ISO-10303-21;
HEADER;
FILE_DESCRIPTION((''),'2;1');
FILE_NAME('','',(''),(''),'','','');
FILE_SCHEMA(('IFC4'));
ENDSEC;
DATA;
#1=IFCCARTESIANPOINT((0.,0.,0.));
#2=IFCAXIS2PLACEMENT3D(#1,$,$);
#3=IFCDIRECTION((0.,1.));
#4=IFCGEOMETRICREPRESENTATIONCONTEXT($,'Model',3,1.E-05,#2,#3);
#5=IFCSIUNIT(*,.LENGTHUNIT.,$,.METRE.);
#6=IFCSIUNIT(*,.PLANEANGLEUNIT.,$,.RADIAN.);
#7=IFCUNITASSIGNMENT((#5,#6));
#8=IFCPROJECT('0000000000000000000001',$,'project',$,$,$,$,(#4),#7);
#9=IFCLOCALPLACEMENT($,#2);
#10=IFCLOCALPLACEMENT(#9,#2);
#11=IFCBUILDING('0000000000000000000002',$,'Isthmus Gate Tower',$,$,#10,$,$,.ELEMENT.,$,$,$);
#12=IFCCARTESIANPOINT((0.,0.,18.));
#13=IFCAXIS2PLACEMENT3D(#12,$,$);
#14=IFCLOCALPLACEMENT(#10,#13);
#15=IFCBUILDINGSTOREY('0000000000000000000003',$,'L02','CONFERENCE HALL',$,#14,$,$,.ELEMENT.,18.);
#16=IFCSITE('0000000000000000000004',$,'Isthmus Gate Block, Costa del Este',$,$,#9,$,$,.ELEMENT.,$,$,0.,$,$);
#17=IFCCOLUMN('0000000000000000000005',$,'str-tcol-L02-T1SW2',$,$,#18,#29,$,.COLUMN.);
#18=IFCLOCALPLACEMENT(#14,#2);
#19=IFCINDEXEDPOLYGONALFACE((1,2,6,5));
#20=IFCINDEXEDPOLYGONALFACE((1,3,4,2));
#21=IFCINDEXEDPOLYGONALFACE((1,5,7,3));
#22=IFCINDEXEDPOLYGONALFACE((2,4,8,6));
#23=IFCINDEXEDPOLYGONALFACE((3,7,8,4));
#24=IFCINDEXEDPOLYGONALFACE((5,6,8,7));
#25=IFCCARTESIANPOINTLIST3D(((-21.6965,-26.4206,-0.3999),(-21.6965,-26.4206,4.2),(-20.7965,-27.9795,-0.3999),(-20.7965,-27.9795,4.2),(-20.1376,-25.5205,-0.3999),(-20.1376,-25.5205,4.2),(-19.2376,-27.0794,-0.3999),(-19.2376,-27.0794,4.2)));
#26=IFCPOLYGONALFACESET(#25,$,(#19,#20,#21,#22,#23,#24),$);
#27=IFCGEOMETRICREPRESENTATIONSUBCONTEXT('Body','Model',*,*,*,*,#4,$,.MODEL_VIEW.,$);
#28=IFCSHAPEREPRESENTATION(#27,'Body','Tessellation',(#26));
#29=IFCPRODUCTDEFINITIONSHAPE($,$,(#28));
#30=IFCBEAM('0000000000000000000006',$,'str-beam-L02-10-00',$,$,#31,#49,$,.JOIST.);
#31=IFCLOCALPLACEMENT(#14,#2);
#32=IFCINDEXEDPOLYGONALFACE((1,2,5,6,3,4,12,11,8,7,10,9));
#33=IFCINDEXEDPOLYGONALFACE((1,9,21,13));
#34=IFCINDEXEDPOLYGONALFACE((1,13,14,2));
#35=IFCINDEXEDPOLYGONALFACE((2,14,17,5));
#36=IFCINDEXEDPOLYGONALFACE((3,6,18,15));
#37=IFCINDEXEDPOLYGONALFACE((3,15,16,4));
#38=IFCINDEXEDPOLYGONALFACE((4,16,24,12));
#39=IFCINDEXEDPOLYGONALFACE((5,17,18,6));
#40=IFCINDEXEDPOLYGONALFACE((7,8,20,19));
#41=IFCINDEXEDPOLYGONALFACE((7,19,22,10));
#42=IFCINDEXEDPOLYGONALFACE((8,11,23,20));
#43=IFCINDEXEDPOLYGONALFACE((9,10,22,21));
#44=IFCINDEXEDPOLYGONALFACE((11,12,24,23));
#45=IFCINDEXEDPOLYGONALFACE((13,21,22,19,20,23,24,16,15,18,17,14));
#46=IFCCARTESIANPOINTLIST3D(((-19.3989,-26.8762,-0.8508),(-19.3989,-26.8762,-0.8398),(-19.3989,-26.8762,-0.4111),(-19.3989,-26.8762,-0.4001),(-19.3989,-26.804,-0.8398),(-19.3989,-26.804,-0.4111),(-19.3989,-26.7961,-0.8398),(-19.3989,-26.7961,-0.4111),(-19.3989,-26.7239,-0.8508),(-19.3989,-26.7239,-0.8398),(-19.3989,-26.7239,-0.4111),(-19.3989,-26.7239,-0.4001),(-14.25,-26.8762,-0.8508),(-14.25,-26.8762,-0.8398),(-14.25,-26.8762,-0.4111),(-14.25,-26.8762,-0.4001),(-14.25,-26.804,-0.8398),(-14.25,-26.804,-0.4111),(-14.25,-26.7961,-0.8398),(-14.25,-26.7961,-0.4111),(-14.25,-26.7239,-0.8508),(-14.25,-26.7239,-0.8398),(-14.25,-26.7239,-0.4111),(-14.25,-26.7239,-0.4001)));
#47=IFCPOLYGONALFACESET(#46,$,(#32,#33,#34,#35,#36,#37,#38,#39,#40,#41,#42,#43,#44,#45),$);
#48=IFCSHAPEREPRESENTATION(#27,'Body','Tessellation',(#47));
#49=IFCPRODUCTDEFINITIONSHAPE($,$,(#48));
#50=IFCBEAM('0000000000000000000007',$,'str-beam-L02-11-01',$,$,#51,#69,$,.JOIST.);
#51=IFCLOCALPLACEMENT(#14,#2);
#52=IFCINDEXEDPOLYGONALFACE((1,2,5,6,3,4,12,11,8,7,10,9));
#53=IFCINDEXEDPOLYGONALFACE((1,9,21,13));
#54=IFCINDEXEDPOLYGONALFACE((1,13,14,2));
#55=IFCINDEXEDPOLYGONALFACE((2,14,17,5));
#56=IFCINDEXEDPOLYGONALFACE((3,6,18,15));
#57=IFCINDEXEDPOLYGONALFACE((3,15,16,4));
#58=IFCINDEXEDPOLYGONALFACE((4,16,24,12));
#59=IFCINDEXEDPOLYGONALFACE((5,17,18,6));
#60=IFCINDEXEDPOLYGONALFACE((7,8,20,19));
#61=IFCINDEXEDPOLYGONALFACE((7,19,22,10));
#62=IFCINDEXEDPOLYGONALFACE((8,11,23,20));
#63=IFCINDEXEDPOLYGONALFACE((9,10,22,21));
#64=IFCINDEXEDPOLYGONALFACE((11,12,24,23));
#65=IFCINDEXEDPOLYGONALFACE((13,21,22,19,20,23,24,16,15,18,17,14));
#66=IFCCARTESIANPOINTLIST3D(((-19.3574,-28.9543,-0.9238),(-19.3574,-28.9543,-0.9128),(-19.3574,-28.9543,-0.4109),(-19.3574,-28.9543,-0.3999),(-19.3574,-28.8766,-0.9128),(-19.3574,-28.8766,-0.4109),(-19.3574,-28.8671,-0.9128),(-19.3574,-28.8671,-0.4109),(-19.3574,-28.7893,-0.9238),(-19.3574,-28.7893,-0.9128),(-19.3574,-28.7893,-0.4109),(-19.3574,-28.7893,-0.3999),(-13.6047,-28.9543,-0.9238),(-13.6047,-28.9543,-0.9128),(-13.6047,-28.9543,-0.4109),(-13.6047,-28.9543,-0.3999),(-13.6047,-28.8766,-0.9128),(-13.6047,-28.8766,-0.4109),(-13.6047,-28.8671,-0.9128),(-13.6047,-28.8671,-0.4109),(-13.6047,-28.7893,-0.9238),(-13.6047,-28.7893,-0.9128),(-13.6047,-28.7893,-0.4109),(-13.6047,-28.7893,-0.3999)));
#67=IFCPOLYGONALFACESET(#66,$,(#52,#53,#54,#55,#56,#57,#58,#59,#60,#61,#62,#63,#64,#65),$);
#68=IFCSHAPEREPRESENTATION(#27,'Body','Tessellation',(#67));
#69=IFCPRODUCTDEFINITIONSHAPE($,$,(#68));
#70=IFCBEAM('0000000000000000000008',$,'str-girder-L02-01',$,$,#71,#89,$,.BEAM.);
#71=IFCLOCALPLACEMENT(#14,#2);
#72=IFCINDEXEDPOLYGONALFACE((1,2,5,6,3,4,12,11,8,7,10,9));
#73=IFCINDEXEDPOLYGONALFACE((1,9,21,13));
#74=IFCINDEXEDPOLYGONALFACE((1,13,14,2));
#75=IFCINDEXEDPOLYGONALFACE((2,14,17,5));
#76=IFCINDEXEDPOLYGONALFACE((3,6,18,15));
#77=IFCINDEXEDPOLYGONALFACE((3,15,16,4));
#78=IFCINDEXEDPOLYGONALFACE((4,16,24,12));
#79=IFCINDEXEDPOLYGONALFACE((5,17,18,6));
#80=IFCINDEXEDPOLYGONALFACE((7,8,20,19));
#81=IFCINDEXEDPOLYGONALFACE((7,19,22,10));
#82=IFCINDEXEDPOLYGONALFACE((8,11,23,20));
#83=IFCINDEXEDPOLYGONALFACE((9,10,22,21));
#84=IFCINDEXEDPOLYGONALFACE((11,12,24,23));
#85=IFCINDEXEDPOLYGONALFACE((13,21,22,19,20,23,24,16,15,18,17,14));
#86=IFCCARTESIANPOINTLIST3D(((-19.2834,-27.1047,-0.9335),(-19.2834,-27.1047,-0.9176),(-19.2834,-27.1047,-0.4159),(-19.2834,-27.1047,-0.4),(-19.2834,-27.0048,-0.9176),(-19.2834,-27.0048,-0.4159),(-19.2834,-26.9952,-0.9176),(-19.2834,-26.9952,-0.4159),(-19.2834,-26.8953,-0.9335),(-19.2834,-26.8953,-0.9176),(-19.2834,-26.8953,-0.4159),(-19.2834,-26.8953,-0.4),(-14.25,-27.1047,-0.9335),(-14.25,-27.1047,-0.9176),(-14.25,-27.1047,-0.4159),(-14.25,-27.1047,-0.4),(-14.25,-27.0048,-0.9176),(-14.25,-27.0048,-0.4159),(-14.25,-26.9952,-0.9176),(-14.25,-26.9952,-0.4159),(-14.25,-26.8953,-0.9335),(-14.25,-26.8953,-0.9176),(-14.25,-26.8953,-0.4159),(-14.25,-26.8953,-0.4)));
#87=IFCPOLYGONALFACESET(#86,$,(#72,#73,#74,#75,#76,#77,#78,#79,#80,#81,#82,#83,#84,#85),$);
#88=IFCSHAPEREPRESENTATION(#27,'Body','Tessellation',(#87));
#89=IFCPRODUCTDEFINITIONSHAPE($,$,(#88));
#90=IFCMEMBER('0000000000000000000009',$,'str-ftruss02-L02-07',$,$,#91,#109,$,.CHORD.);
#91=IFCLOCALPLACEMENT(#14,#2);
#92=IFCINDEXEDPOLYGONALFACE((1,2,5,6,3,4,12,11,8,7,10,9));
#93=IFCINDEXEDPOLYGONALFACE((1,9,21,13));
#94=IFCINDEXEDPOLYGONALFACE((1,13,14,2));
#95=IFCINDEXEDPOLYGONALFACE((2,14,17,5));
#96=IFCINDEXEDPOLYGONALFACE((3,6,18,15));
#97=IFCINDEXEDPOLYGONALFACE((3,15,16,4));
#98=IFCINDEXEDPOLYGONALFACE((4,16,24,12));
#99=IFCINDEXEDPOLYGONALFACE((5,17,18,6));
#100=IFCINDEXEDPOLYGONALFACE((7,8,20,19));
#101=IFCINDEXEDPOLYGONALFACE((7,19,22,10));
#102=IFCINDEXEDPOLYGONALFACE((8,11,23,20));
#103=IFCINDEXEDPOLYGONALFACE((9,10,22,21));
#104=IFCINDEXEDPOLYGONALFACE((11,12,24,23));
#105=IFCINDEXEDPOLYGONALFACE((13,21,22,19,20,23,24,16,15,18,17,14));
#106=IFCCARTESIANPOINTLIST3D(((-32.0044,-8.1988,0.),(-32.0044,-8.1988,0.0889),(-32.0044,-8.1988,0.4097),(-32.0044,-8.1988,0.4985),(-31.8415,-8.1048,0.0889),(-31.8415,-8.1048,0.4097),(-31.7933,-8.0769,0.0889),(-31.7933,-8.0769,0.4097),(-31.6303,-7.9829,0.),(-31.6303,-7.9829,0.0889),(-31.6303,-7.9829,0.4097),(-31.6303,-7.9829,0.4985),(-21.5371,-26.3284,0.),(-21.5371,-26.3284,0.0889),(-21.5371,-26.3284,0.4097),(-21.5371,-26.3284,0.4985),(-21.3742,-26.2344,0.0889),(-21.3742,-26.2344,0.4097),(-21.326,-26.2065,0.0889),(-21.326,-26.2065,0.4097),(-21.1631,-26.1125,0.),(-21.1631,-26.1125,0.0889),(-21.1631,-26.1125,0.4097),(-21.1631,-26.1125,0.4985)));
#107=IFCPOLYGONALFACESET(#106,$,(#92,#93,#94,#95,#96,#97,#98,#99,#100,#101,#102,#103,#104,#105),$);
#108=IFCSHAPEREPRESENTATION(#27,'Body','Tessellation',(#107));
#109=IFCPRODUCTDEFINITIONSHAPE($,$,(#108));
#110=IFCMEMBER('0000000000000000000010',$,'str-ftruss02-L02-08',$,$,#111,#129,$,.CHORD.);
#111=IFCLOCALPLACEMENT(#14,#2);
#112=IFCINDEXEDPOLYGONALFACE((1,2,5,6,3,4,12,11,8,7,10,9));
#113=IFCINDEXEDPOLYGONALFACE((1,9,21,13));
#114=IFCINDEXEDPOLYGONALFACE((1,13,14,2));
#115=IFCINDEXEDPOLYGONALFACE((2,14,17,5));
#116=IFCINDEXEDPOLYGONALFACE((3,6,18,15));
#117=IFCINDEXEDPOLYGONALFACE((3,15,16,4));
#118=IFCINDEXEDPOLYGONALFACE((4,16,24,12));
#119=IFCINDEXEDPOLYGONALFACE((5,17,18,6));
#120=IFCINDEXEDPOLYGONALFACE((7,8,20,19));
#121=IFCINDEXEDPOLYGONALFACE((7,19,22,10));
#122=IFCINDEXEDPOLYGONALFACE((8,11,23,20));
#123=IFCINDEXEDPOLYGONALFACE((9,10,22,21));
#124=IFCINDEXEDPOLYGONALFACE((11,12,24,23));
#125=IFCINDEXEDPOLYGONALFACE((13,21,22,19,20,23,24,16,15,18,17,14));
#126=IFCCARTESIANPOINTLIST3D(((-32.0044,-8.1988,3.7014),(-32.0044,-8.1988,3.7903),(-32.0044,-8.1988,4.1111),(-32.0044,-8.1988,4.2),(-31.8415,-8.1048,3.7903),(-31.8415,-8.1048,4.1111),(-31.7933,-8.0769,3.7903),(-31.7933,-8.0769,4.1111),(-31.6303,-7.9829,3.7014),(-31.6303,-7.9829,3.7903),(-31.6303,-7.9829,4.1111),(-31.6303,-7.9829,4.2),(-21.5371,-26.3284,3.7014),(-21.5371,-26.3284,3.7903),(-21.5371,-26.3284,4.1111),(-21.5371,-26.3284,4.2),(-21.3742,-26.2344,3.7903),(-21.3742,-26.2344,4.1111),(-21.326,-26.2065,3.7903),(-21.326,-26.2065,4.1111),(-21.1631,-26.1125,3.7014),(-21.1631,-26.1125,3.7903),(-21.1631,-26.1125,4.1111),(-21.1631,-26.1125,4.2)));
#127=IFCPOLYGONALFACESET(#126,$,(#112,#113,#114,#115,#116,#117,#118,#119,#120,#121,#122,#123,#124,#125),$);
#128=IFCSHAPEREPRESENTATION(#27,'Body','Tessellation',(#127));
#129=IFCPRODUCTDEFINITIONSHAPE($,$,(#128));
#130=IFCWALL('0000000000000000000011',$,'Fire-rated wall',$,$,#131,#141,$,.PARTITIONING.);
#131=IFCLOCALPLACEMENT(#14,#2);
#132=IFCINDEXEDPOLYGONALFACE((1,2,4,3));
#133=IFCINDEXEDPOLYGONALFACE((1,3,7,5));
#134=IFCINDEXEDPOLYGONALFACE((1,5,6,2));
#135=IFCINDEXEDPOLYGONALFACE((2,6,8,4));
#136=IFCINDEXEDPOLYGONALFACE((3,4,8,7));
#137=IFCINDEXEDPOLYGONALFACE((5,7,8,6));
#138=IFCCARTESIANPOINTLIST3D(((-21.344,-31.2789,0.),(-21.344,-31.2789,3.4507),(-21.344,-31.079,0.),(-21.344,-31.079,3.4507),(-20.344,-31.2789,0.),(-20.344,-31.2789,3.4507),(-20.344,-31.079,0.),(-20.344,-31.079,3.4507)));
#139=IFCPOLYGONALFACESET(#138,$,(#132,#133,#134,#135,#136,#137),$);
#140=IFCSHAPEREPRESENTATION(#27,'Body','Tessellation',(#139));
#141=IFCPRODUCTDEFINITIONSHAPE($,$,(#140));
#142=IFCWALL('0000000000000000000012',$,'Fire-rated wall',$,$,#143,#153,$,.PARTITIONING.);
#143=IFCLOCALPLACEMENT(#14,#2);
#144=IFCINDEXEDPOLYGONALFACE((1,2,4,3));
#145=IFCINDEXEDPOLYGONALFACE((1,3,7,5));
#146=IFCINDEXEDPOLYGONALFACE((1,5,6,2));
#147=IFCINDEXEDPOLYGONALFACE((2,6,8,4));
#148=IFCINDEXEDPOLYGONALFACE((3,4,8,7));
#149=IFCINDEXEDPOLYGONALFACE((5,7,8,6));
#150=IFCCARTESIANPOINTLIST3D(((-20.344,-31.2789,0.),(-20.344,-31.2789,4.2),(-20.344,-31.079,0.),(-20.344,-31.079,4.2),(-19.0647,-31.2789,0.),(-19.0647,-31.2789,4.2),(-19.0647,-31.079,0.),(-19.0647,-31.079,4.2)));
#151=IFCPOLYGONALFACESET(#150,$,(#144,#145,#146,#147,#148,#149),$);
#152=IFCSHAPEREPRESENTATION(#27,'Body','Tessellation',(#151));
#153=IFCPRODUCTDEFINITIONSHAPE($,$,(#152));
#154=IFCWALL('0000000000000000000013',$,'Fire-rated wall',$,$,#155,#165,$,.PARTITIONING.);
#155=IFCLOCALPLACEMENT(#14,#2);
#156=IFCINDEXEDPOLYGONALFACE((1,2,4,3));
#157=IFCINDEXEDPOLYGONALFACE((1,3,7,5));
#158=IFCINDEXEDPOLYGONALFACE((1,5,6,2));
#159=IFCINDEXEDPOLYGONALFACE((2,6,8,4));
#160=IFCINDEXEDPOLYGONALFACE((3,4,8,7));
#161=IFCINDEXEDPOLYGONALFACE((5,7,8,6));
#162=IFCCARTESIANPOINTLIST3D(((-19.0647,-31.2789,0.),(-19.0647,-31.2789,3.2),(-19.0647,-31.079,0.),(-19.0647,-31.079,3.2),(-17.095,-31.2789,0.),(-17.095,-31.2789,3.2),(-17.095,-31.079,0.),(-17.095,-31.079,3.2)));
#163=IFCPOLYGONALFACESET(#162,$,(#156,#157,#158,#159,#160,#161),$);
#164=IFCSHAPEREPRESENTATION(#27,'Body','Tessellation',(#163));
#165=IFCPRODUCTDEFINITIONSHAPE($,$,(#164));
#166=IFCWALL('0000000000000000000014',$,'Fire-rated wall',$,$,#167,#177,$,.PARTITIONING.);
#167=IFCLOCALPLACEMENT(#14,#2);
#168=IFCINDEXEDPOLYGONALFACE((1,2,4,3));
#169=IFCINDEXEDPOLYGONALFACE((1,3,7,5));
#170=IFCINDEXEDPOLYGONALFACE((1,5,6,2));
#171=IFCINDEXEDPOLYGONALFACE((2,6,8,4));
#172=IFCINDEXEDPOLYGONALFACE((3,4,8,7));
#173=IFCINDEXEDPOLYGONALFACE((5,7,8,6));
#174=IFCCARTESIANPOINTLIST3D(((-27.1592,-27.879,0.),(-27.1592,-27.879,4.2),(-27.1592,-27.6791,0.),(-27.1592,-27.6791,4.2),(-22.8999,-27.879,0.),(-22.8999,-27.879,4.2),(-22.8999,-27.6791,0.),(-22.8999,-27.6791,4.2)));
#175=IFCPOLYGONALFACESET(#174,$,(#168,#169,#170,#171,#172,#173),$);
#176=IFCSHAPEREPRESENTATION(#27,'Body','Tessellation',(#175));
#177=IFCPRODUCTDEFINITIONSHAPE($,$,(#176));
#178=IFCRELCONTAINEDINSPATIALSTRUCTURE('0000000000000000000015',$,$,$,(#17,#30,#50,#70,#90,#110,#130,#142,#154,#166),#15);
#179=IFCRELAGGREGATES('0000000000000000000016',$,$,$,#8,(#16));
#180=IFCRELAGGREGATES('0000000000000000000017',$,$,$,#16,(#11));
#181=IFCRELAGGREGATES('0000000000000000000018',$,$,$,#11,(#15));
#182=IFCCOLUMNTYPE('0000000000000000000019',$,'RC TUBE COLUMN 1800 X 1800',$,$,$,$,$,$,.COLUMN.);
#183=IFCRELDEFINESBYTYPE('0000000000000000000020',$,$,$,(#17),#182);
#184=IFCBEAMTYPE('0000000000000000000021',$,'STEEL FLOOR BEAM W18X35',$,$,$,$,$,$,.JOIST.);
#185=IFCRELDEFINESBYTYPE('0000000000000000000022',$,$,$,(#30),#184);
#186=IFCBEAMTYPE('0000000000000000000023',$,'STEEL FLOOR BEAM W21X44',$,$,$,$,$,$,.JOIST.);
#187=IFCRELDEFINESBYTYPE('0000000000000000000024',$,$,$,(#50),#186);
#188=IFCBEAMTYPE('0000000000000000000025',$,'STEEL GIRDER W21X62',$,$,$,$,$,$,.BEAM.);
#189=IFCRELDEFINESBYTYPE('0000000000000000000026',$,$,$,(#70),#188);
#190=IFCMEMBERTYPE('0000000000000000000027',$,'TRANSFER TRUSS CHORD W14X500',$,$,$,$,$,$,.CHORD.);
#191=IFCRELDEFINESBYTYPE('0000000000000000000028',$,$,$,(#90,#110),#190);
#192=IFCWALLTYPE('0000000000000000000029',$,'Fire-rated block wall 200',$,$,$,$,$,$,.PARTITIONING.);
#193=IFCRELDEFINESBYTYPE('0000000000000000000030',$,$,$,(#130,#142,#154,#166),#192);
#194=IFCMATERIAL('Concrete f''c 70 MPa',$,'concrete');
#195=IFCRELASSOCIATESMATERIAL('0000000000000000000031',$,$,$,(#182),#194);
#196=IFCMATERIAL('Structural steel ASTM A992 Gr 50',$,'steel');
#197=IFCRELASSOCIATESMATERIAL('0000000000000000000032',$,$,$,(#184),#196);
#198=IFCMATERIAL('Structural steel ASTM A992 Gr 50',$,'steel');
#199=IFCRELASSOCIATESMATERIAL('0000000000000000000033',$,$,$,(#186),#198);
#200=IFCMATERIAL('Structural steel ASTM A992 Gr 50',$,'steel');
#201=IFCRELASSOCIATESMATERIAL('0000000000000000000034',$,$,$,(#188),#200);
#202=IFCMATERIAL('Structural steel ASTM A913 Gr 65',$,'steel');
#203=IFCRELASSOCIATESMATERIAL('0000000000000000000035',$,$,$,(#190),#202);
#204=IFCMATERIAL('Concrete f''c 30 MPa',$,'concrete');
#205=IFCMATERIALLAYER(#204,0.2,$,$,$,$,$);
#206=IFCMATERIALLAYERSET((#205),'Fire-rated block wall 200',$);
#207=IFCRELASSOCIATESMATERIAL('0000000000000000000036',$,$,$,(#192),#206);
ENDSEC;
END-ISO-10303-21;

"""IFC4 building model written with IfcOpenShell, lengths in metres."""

from ifc_helpers import new_model, si_unit, direction, frame, frame_2d, origin, origin_2d, place, context, subcontext, project, spatial, rectangle, i_section, extrude, material, layer, layer_set, material_profile, profile_set, type_object, element, save


model = new_model("IFC4")

# Units and contexts
model_context = context("Model", 3, precision=1e-05, world=origin(), true_north=direction((0.0, 1.0)))
body_context = subcontext(model_context, "Body", "Model", "MODEL_VIEW")
ifc_project = project(units=[si_unit("LENGTHUNIT", "METRE"), si_unit("PLANEANGLEUNIT", "RADIAN")], contexts=[model_context])

# Site, building, storey
site_placement = place(None, origin())
site = spatial("IfcSite", under=ifc_project, at=site_placement, Name="Isthmus Gate Block, Costa del Este", CompositionType="ELEMENT", RefElevation=0.0)
building_placement = place(site_placement, origin())
building = spatial("IfcBuilding", under=site, at=building_placement, Name="Isthmus Gate Tower", CompositionType="ELEMENT")
storey_placement = place(building_placement, frame((0.0, 0.0, 18.0)))
storey = spatial("IfcBuildingStorey", under=building, at=storey_placement, Name="L02", Description="CONFERENCE HALL", CompositionType="ELEMENT", Elevation=18.0)

# Column
ifc_material_1 = material(Name="Concrete f'c 70 MPa", Category="concrete")
ifc_material_profile_1 = material_profile(ifc_material_1, rectangle(XDim=1.8, YDim=1.8, at=origin_2d()), Name="RC 1800X1800")
ifc_profile_set_1 = profile_set([ifc_material_profile_1], Name="Concrete f'c 70 MPa")
column_type = type_object("IfcColumnType", Name="RC TUBE COLUMN 1800 X 1800", PredefinedType="COLUMN", material=ifc_profile_set_1)
column_placement = place(storey_placement, frame((-20.467, -26.75, -0.3999), z_axis=(0.0, 0.0, 1.0), x_axis=(0.5, -0.866025, 0.0)))
element("IfcColumn", 1, at=column_placement, inside=storey, type_object=column_type, Name="str-tcol-L02-T1SW2", PredefinedType="COLUMN", context=body_context, shape_type="SweptSolid", body=[
    extrude(rectangle(XDim=1.8, YDim=1.8, at=origin_2d()), origin(), (0.0, 0.0, 1.0), 4.5999),
])

# Beams
ifc_material_2 = material(Name="Structural steel ASTM A992 Gr 50", Category="steel")
ifc_material_profile_2 = material_profile(ifc_material_2, i_section(OverallWidth=0.1523, OverallDepth=0.4507, WebThickness=0.0078, FlangeThickness=0.011, at=origin_2d()), Name="W18X35")
ifc_profile_set_2 = profile_set([ifc_material_profile_2], Name="Structural steel ASTM A992 Gr 50")
beam_type_1 = type_object("IfcBeamType", Name="STEEL FLOOR BEAM W18X35", PredefinedType="JOIST", material=ifc_profile_set_2)
beam_1_placement = place(storey_placement, frame((-19.3989, -26.8, -0.6255), z_axis=(1.0, 0.0, 0.0), x_axis=(0.0, 1.0, 0.0)))
element("IfcBeam", 2, at=beam_1_placement, inside=storey, type_object=beam_type_1, Name="str-beam-L02-10-00", PredefinedType="JOIST", context=body_context, shape_type="SweptSolid", body=[
    extrude(i_section(OverallWidth=0.1523, OverallDepth=0.4507, WebThickness=0.0078, FlangeThickness=0.011, at=origin_2d()), origin(), (0.0, 0.0, 1.0), 5.1489),
])
ifc_material_3 = material(Name="Structural steel ASTM A992 Gr 50", Category="steel")
ifc_material_profile_3 = material_profile(ifc_material_3, i_section(OverallWidth=0.165, OverallDepth=0.5239, WebThickness=0.0095, FlangeThickness=0.011, at=origin_2d()), Name="W21X44")
ifc_profile_set_3 = profile_set([ifc_material_profile_3], Name="Structural steel ASTM A992 Gr 50")
beam_type_2 = type_object("IfcBeamType", Name="STEEL FLOOR BEAM W21X44", PredefinedType="JOIST", material=ifc_profile_set_3)
beam_2_placement = place(storey_placement, frame((-19.3574, -28.8718, -0.6619), z_axis=(1.0, 0.0, 0.0), x_axis=(0.0, 1.0, 0.0)))
element("IfcBeam", 3, at=beam_2_placement, inside=storey, type_object=beam_type_2, Name="str-beam-L02-11-01", PredefinedType="JOIST", context=body_context, shape_type="SweptSolid", body=[
    extrude(i_section(OverallWidth=0.165, OverallDepth=0.5239, WebThickness=0.0095, FlangeThickness=0.011, at=origin_2d()), origin(), (0.0, 0.0, 1.0), 5.7527),
])
ifc_material_4 = material(Name="Structural steel ASTM A992 Gr 50", Category="steel")
ifc_material_profile_4 = material_profile(ifc_material_4, i_section(OverallWidth=0.2095, OverallDepth=0.5334, WebThickness=0.0095, FlangeThickness=0.0159, at=origin_2d()), Name="W21X62")
ifc_profile_set_4 = profile_set([ifc_material_profile_4], Name="Structural steel ASTM A992 Gr 50")
beam_type_3 = type_object("IfcBeamType", Name="STEEL GIRDER W21X62", PredefinedType="BEAM", material=ifc_profile_set_4)
beam_3_placement = place(storey_placement, frame((-19.2834, -27.0, -0.6667), z_axis=(1.0, 0.0, 0.0), x_axis=(0.0, 1.0, 0.0)))
element("IfcBeam", 4, at=beam_3_placement, inside=storey, type_object=beam_type_3, Name="str-girder-L02-01", PredefinedType="BEAM", context=body_context, shape_type="SweptSolid", body=[
    extrude(i_section(OverallWidth=0.2095, OverallDepth=0.5334, WebThickness=0.0095, FlangeThickness=0.0159, at=origin_2d()), origin(), (0.0, 0.0, 1.0), 5.0334),
])

# Members
ifc_material_5 = material(Name="Structural steel ASTM A913 Gr 65", Category="steel")
ifc_material_profile_5 = material_profile(ifc_material_5, i_section(OverallWidth=0.4319, OverallDepth=0.4985, WebThickness=0.0557, FlangeThickness=0.0889, at=origin_2d()), Name="W14X500")
ifc_profile_set_5 = profile_set([ifc_material_profile_5], Name="Structural steel ASTM A913 Gr 65")
member_type = type_object("IfcMemberType", Name="TRANSFER TRUSS CHORD W14X500", PredefinedType="CHORD", material=ifc_profile_set_5)
for number, where, z_axis, x_axis, name in (
    (5, (-21.3501, -26.2205, 0.2493), (-0.500005, 0.866023, 0.0), (-0.866023, -0.500005, 0.0), "str-ftruss02-L02-07"),
    (6, (-21.3501, -26.2205, 3.9507), (-0.500005, 0.866023, 0.0), (-0.866023, -0.500005, 0.0), "str-ftruss02-L02-08"),
):
    element("IfcMember", number, at=place(storey_placement, frame(where, z_axis=z_axis, x_axis=x_axis)), inside=storey, type_object=member_type, Name=name, PredefinedType="CHORD", context=body_context, shape_type="SweptSolid", body=[
        extrude(i_section(OverallWidth=0.4319, OverallDepth=0.4985, WebThickness=0.0557, FlangeThickness=0.0889, at=origin_2d()), origin(), (0.0, 0.0, 1.0), 20.9343),
    ])

# Walls
ifc_material_6 = material(Name="Concrete f'c 30 MPa", Category="concrete")
ifc_layer_1 = layer(ifc_material_6, 0.2)
ifc_layer_set_1 = layer_set([ifc_layer_1], Name="Fire-rated block wall 200")
wall_type_1 = type_object("IfcWallType", Name="Fire-rated block wall 200", PredefinedType="PARTITIONING", material=ifc_layer_set_1)
wall_1_placement = place(storey_placement, frame((-21.344, -31.179, 0.0), z_axis=(0.0, 0.0, 1.0), x_axis=(1.0, 0.0, 0.0)))
element("IfcWall", 7, at=wall_1_placement, inside=storey, type_object=wall_type_1, Name="Fire-rated wall", PredefinedType="PARTITIONING", context=body_context, shape_type="SweptSolid", body=[
    extrude(rectangle(XDim=1.0, YDim=0.2, at=frame_2d((0.5, 0.0))), origin(), (0.0, 0.0, 1.0), 3.4507),
])
wall_2_placement = place(storey_placement, frame((-20.344, -31.179, 0.0), z_axis=(0.0, 0.0, 1.0), x_axis=(1.0, 0.0, 0.0)))
element("IfcWall", 8, at=wall_2_placement, inside=storey, type_object=wall_type_1, Name="Fire-rated wall", PredefinedType="PARTITIONING", context=body_context, shape_type="SweptSolid", body=[
    extrude(rectangle(XDim=1.2793, YDim=0.2, at=frame_2d((0.6396, 0.0))), origin(), (0.0, 0.0, 1.0), 4.2),
])
wall_3_placement = place(storey_placement, frame((-19.0647, -31.179, 0.0), z_axis=(0.0, 0.0, 1.0), x_axis=(1.0, 0.0, 0.0)))
element("IfcWall", 9, at=wall_3_placement, inside=storey, type_object=wall_type_1, Name="Fire-rated wall", PredefinedType="PARTITIONING", context=body_context, shape_type="SweptSolid", body=[
    extrude(rectangle(XDim=1.9697, YDim=0.2, at=frame_2d((0.9849, 0.0))), origin(), (0.0, 0.0, 1.0), 3.2),
])
wall_4_placement = place(storey_placement, frame((-27.1592, -27.7791, 0.0), z_axis=(0.0, 0.0, 1.0), x_axis=(1.0, 0.0, 0.0)))
element("IfcWall", 10, at=wall_4_placement, inside=storey, type_object=wall_type_1, Name="Fire-rated wall", PredefinedType="PARTITIONING", context=body_context, shape_type="SweptSolid", body=[
    extrude(rectangle(XDim=4.2593, YDim=0.2, at=frame_2d((2.1296, 0.0))), origin(), (0.0, 0.0, 1.0), 4.2),
])

save(model, "model.ifc")
